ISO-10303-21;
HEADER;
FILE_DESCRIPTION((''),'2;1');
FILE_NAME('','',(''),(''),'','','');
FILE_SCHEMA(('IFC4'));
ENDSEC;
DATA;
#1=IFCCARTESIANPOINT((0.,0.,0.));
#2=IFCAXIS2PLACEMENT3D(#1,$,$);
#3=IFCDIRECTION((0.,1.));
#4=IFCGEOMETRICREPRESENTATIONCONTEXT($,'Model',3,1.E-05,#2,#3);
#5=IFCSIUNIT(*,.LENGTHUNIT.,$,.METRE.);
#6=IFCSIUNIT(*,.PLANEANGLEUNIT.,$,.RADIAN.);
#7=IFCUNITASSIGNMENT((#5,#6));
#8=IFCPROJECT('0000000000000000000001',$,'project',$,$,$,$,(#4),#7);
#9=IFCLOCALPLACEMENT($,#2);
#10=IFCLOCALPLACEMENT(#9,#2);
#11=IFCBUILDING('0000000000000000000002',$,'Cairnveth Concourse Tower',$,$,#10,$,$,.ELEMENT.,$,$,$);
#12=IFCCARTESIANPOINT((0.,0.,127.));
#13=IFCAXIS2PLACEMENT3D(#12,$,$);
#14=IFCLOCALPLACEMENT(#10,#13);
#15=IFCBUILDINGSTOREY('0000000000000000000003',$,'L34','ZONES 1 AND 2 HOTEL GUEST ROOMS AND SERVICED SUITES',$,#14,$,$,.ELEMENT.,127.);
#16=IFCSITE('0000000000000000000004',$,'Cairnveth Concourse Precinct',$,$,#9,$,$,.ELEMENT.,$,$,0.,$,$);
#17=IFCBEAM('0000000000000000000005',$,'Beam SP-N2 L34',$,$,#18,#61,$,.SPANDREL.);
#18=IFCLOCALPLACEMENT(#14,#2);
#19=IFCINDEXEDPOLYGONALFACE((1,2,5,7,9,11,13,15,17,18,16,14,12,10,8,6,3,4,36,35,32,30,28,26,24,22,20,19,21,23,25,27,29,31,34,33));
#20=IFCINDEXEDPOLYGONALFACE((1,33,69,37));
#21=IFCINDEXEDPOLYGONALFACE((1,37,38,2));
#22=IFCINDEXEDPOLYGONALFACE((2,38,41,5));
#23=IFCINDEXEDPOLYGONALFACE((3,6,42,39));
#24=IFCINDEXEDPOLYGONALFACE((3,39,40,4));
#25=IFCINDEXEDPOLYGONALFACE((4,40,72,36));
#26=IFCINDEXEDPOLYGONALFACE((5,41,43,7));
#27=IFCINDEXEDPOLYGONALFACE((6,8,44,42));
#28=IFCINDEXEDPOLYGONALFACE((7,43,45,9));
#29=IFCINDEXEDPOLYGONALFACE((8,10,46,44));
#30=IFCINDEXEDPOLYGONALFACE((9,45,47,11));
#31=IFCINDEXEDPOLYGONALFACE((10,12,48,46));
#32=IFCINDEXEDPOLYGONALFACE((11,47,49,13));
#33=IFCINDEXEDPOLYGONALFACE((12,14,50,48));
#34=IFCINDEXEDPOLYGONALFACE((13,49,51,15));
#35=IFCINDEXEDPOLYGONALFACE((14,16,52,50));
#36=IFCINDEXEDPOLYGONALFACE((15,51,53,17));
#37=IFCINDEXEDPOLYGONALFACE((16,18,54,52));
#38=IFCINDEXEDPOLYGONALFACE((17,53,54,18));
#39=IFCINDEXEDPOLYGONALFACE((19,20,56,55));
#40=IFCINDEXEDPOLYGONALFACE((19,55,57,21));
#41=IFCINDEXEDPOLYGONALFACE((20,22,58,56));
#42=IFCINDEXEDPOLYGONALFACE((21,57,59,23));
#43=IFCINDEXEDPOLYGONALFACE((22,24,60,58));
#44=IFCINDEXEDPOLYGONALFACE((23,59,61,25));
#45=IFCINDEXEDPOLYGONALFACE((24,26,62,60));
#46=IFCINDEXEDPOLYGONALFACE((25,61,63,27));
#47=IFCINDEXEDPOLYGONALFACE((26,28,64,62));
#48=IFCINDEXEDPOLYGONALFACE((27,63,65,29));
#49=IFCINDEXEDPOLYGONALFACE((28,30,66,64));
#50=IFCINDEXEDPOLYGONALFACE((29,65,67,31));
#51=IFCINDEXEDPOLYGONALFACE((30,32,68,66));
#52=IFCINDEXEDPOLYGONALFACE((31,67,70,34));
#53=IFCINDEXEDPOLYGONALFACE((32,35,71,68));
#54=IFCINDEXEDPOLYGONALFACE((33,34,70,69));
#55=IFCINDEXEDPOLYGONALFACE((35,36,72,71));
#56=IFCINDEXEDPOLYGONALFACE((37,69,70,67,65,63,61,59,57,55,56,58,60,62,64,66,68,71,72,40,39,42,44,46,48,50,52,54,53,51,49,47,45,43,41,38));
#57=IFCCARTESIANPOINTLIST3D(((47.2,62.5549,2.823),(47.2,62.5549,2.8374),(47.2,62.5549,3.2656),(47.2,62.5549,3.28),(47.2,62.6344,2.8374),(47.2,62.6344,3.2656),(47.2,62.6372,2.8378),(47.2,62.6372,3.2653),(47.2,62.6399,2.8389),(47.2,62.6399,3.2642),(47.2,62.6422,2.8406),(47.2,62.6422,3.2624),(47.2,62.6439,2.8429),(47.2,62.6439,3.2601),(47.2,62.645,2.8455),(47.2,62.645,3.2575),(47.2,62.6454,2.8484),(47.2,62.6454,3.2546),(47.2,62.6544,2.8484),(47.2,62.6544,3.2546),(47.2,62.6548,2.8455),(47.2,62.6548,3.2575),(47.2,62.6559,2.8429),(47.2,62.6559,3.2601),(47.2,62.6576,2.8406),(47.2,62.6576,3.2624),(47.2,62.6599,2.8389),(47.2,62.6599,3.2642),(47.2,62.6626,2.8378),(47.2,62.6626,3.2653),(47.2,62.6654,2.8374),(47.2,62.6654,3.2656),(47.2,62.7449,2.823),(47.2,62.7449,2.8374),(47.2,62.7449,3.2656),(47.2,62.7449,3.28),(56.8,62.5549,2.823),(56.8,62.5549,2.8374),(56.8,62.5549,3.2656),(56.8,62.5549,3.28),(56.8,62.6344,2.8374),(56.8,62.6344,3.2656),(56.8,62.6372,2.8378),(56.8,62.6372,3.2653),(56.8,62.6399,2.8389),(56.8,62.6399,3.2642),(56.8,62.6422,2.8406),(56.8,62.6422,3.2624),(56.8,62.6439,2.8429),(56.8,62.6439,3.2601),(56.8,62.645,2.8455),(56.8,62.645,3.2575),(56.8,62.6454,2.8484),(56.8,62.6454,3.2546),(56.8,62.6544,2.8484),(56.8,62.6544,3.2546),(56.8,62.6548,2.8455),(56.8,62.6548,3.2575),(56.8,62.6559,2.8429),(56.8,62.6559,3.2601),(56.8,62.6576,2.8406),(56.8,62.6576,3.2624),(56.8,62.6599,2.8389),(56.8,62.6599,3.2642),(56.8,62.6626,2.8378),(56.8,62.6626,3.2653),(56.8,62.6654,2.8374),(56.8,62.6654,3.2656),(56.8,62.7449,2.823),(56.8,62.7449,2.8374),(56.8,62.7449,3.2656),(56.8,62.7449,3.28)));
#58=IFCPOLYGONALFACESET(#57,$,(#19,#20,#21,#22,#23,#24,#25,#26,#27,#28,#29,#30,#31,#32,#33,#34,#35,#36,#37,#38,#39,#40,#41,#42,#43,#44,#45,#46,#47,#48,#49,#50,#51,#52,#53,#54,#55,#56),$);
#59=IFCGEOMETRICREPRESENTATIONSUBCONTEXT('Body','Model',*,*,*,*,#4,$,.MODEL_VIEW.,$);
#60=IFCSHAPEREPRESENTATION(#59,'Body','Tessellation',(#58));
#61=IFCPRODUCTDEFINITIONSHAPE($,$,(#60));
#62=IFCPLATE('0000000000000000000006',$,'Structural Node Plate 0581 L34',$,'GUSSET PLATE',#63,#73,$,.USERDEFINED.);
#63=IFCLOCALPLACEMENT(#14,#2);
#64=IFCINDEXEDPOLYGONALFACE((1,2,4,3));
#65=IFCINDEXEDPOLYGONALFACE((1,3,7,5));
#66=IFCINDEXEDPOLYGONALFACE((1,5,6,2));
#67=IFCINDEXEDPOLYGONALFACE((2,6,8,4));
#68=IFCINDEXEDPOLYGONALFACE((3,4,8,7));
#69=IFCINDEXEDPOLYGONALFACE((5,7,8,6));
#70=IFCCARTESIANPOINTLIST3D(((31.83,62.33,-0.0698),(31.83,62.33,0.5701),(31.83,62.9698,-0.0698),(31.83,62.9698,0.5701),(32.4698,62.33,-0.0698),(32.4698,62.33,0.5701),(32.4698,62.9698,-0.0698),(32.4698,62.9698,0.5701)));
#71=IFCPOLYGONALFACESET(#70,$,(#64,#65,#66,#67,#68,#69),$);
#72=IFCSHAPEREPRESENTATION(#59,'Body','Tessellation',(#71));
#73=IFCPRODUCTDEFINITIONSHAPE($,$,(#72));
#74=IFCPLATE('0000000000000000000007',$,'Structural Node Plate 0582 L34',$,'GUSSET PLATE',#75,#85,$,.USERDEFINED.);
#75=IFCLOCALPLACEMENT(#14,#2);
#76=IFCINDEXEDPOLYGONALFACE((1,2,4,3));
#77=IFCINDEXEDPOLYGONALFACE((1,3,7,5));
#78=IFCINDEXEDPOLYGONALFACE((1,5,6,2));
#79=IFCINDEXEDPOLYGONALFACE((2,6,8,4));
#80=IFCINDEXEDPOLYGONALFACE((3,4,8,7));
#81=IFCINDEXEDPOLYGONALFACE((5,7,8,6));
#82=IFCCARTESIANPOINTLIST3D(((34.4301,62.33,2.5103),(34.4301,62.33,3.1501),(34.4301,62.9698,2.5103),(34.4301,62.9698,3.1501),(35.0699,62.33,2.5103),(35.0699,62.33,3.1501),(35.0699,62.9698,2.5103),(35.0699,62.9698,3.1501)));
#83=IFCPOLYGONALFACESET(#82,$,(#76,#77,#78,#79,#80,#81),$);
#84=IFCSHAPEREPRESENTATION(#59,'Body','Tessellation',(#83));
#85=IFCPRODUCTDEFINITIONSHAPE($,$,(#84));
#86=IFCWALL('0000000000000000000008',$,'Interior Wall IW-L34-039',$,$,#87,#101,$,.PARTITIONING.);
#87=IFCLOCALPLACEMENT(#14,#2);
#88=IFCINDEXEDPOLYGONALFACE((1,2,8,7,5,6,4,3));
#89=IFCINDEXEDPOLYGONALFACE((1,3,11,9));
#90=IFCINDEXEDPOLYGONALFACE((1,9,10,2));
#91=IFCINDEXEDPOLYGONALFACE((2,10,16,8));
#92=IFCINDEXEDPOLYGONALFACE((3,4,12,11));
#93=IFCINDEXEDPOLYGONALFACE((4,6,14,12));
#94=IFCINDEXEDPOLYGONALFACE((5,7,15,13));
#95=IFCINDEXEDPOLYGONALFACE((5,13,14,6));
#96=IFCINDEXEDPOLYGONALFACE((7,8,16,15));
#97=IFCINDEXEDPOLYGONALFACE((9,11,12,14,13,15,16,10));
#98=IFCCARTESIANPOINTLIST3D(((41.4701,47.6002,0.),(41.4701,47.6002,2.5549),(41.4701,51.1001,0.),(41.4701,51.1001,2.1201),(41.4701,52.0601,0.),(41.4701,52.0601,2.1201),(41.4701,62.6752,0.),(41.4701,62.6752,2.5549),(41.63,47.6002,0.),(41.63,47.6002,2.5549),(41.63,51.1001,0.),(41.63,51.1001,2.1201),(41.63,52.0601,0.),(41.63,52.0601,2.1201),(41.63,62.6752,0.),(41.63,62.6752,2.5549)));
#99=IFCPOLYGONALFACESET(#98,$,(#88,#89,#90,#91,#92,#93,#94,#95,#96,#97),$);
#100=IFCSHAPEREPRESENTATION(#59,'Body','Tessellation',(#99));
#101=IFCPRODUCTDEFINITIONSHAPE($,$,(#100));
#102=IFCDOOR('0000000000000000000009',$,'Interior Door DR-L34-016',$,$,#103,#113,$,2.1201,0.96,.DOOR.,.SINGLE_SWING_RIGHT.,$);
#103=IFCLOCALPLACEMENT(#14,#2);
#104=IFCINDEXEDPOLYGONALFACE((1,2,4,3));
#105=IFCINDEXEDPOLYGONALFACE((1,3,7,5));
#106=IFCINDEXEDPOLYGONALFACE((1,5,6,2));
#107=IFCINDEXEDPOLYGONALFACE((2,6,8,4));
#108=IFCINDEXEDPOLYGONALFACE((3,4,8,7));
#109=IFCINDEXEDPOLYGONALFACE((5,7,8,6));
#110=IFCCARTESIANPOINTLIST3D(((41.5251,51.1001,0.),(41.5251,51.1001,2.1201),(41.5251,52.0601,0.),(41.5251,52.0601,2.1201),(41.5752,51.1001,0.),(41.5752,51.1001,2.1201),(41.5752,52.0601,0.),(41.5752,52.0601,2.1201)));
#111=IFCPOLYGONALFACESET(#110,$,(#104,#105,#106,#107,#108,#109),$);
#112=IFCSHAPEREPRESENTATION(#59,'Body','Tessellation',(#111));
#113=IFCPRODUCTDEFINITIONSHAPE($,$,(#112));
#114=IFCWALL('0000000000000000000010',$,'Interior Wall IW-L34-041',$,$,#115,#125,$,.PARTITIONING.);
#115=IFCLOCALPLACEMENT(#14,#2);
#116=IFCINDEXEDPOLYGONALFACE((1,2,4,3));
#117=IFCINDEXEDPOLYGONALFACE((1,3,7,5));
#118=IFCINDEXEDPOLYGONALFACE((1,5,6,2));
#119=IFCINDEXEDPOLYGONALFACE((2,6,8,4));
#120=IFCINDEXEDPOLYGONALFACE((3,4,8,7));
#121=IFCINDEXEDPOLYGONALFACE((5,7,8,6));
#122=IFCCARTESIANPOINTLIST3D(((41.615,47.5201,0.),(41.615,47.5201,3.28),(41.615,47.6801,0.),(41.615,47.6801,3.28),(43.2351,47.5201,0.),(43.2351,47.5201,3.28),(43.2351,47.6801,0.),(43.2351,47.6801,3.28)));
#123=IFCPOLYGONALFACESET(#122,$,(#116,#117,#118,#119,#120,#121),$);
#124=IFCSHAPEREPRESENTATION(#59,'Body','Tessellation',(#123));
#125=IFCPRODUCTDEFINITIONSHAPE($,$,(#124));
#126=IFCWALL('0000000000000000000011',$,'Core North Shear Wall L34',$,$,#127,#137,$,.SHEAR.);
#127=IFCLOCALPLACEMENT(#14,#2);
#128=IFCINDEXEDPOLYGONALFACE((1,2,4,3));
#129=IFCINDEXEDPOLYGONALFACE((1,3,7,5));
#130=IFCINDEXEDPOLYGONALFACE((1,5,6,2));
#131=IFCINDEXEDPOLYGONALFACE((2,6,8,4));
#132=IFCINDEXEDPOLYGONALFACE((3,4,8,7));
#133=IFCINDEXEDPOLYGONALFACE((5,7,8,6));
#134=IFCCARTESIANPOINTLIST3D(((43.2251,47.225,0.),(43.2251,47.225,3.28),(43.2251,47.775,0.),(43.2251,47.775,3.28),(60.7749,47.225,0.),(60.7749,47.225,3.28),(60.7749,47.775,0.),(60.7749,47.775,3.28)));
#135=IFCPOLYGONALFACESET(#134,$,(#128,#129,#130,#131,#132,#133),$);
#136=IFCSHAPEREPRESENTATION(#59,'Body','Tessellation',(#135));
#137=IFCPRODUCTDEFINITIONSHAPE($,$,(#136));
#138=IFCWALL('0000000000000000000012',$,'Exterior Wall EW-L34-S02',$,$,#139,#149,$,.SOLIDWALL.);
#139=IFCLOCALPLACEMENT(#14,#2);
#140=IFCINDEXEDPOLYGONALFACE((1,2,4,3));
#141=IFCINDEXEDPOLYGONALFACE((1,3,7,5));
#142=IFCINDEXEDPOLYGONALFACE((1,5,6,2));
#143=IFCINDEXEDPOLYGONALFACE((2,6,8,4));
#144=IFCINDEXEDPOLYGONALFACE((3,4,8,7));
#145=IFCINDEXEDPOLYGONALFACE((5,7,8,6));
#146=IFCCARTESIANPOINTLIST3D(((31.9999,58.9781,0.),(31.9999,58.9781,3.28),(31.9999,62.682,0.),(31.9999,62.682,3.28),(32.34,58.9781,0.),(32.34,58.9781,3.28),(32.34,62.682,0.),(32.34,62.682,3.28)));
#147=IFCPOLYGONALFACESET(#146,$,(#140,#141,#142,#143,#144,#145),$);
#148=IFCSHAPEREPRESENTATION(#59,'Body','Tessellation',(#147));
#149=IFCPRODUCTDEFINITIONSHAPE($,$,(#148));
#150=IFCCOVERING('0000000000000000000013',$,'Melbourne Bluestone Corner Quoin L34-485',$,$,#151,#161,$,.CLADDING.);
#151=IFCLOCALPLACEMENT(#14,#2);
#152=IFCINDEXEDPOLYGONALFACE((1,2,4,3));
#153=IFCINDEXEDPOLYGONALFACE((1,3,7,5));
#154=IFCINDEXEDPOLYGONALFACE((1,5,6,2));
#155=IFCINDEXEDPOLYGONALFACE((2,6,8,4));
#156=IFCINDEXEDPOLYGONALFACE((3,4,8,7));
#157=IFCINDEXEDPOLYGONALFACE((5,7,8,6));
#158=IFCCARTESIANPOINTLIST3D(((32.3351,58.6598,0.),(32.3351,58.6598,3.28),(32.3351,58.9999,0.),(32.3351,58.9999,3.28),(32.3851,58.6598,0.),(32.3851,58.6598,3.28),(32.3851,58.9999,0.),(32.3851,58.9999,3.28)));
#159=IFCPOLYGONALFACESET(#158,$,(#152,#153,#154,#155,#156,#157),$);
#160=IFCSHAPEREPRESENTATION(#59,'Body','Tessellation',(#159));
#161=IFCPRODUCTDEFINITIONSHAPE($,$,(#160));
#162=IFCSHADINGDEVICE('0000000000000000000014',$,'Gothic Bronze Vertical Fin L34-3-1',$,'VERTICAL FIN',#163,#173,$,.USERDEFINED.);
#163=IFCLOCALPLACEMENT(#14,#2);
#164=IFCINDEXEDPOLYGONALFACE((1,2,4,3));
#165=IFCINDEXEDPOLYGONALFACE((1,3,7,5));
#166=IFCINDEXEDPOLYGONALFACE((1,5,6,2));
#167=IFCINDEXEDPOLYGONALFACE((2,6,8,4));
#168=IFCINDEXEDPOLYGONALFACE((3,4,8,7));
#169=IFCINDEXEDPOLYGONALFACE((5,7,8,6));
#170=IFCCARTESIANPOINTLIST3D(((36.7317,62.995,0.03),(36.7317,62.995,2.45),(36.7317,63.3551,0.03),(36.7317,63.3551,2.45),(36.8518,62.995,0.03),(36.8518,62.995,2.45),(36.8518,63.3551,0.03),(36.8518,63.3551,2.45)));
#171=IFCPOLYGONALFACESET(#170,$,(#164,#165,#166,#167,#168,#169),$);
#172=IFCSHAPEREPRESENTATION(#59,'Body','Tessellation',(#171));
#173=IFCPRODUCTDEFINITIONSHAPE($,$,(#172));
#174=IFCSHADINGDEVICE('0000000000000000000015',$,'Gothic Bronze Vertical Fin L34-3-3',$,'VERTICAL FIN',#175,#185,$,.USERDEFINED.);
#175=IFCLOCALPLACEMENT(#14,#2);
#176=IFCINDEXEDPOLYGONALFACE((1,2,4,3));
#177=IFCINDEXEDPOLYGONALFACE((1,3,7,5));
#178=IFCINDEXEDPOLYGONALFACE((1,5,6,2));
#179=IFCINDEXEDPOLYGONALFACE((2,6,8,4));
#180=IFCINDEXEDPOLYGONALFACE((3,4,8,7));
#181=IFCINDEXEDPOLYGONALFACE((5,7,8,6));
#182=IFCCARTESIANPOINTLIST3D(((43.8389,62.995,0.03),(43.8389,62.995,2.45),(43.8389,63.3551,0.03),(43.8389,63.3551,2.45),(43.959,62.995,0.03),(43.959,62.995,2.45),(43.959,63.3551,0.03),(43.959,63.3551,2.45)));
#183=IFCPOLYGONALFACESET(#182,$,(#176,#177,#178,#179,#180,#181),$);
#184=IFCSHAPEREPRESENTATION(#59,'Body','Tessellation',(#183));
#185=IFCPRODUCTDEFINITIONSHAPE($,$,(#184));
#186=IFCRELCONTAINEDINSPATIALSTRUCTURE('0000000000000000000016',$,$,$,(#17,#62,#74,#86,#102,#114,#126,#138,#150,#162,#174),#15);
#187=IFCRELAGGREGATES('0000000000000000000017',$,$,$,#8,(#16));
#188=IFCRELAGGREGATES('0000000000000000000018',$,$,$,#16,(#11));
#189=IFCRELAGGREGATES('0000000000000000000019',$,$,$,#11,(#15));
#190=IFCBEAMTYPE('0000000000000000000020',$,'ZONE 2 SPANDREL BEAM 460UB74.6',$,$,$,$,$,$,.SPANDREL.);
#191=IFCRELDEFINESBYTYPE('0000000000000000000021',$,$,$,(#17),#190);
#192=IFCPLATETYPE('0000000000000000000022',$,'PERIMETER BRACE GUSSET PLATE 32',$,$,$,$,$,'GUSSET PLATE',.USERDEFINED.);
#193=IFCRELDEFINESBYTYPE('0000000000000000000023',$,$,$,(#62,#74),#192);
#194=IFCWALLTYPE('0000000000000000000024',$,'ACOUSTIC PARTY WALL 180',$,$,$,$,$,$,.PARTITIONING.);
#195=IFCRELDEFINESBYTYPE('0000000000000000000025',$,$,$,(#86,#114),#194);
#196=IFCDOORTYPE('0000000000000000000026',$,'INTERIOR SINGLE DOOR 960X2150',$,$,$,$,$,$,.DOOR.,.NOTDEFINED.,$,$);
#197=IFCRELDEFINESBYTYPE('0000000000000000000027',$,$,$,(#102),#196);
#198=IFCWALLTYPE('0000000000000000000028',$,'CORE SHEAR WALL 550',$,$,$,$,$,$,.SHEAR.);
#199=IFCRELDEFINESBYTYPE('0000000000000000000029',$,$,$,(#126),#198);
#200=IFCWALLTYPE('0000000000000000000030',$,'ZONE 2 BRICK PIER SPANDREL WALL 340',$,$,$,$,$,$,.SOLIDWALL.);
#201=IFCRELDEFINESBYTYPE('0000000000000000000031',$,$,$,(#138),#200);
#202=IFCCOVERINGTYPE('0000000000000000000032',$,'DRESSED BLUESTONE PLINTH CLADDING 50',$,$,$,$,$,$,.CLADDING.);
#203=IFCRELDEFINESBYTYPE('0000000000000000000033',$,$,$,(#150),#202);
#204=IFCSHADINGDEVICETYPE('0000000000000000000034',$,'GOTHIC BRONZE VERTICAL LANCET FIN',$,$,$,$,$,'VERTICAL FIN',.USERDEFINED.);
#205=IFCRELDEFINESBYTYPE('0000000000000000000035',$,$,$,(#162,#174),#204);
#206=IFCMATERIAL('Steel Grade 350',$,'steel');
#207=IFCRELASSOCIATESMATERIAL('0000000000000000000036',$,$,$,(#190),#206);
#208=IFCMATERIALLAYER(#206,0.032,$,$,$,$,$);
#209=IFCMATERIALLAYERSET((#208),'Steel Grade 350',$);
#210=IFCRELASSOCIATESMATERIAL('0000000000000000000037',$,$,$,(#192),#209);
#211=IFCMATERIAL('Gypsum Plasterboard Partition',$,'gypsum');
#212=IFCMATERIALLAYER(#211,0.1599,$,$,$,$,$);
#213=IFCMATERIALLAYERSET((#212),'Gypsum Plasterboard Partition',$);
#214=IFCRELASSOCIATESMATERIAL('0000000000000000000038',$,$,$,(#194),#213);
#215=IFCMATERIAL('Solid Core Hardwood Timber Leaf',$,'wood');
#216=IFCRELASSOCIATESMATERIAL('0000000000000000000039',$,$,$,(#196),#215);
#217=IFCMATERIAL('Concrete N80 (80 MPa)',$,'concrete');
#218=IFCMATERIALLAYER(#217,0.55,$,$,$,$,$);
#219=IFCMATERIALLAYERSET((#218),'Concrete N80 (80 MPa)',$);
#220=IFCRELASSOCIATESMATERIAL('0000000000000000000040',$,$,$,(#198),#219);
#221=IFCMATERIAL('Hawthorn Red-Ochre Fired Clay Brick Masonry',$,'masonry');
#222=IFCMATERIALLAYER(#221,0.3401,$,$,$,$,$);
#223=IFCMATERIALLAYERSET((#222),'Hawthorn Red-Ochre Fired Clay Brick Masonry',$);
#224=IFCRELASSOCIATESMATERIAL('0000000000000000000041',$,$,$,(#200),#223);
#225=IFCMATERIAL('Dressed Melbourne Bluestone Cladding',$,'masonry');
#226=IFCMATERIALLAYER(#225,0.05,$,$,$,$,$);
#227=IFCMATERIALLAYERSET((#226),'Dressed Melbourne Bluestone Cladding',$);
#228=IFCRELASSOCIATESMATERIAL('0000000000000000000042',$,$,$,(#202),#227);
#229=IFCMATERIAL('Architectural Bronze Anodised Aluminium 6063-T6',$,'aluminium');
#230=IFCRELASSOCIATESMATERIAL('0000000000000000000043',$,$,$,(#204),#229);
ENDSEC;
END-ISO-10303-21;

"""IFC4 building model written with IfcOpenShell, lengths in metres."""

from ifc_helpers import new_model, si_unit, direction, frame, frame_2d, origin, origin_2d, place, context, subcontext, project, spatial, rectangle, i_section, extrude, material, layer, layer_set, material_profile, profile_set, type_object, element, fill, save


model = new_model("IFC4")

# Units and contexts
model_context = context("Model", 3, precision=1e-05, world=origin(), true_north=direction((0.0, 1.0)))
body_context = subcontext(model_context, "Body", "Model", "MODEL_VIEW")
ifc_project = project(units=[si_unit("LENGTHUNIT", "METRE"), si_unit("PLANEANGLEUNIT", "RADIAN")], contexts=[model_context])

# Site, building, storey
site_placement = place(None, origin())
site = spatial("IfcSite", under=ifc_project, at=site_placement, Name="Cairnveth Concourse Precinct", CompositionType="ELEMENT", RefElevation=0.0)
building_placement = place(site_placement, origin())
building = spatial("IfcBuilding", under=site, at=building_placement, Name="Cairnveth Concourse Tower", CompositionType="ELEMENT")
storey_placement = place(building_placement, frame((0.0, 0.0, 127.0)))
storey = spatial("IfcBuildingStorey", under=building, at=storey_placement, Name="L34", Description="ZONES 1 AND 2 HOTEL GUEST ROOMS AND SERVICED SUITES", CompositionType="ELEMENT", Elevation=127.0)

# Beam
ifc_material_1 = material(Name="Steel Grade 350", Category="steel")
ifc_material_profile_1 = material_profile(ifc_material_1, i_section(OverallWidth=0.1899, OverallDepth=0.457, WebThickness=0.009, FlangeThickness=0.0144, FilletRadius=0.011, at=origin_2d()), Name="460UB74.6")
ifc_profile_set_1 = profile_set([ifc_material_profile_1], Name="Steel Grade 350")
beam_type_1 = type_object("IfcBeamType", Name="ZONE 2 SPANDREL BEAM 460UB74.6", PredefinedType="SPANDREL", material=ifc_profile_set_1)
beam_1_placement = place(storey_placement, frame((47.2, 62.6499, 3.0515), z_axis=(1.0, 0.0, 0.0), x_axis=(0.0, 1.0, 0.0)))
element("IfcBeam", 1, at=beam_1_placement, inside=storey, type_object=beam_type_1, Name="Beam SP-N2 L34", PredefinedType="SPANDREL", context=body_context, shape_type="SweptSolid", body=[
    extrude(i_section(OverallWidth=0.1899, OverallDepth=0.457, WebThickness=0.009, FlangeThickness=0.0144, FilletRadius=0.011, at=origin_2d()), origin(), (0.0, 0.0, 1.0), 9.6001),
])

# Plates
ifc_layer_1 = layer(ifc_material_1, 0.032)
ifc_layer_set_1 = layer_set([ifc_layer_1], Name="Steel Grade 350")
plate_type = type_object("IfcPlateType", Name="PERIMETER BRACE GUSSET PLATE 32", ElementType="GUSSET PLATE", PredefinedType="USERDEFINED", material=ifc_layer_set_1)
for number, where, z_axis, x_axis, name in (
    (2, (32.1499, 62.6499, -0.0698), (0.0, 0.0, 1.0), (1.0, 0.0, 0.0), "Structural Node Plate 0581 L34"),
    (3, (34.75, 62.6499, 2.5103), (0.0, 0.0, 1.0), (1.0, 0.0, 0.0), "Structural Node Plate 0582 L34"),
):
    element("IfcPlate", number, at=place(storey_placement, frame(where, z_axis=z_axis, x_axis=x_axis)), inside=storey, type_object=plate_type, Name=name, ObjectType="GUSSET PLATE", PredefinedType="USERDEFINED", context=body_context, shape_type="SweptSolid", body=[
        extrude(rectangle(XDim=0.6399, YDim=0.6399, at=origin_2d()), origin(), (0.0, 0.0, 1.0), 0.6399),
    ])

# Wall, opening, door
ifc_material_2 = material(Name="Gypsum Plasterboard Partition", Category="gypsum")
ifc_layer_2 = layer(ifc_material_2, 0.1599)
ifc_layer_set_2 = layer_set([ifc_layer_2], Name="Gypsum Plasterboard Partition")
wall_type_1 = type_object("IfcWallType", Name="ACOUSTIC PARTY WALL 180", PredefinedType="PARTITIONING", material=ifc_layer_set_2)
wall_1_placement = place(storey_placement, frame((41.55, 47.6001, 0.0), z_axis=(0.0, 0.0, 1.0), x_axis=(0.0, 1.0, 0.0)))
wall_1 = element("IfcWall", 4, at=wall_1_placement, inside=storey, type_object=wall_type_1, Name="Interior Wall IW-L34-039", PredefinedType="PARTITIONING", context=body_context, shape_type="SweptSolid", body=[
    extrude(rectangle(XDim=15.075, YDim=0.1599, at=frame_2d((7.5376, 0.0))), origin(), (0.0, 0.0, 1.0), 2.5549),
])
opening_placement = place(wall_1_placement, frame((3.5, 0.0, 0.0)))
opening = element("IfcOpeningElement", 5, at=opening_placement, cuts=wall_1, PredefinedType="OPENING", context=body_context, shape_type="SweptSolid", body=[
    extrude(rectangle(XDim=0.96, YDim=2.1201, at=frame_2d((0.48, 1.0601))), frame((0.0, 0.0898, 0.0), z_axis=(0.0, -1.0, 0.0), x_axis=(1.0, 0.0, 0.0)), (0.0, 0.0, 1.0), 0.1799),
])
ifc_material_3 = material(Name="Solid Core Hardwood Timber Leaf", Category="wood")
door_type = type_object("IfcDoorType", Name="INTERIOR SINGLE DOOR 960X2150", OperationType="NOTDEFINED", PredefinedType="DOOR", material=ifc_material_3)
door_placement = place(opening_placement, origin())
door = element("IfcDoor", 6, at=door_placement, inside=storey, type_object=door_type, Name="Interior Door DR-L34-016", OperationType="SINGLE_SWING_RIGHT", OverallHeight=2.1201, OverallWidth=0.96, PredefinedType="DOOR", context=body_context, shape_type="SweptSolid", body=[
    extrude(rectangle(XDim=0.96, YDim=2.1201, at=frame_2d((0.48, 1.0601))), frame((0.0, 0.0249, 0.0), z_axis=(0.0, -1.0, 0.0), x_axis=(1.0, 0.0, 0.0)), (0.0, 0.0, 1.0), 0.05),
])
fill(opening, door)

# Walls
wall_2_placement = place(storey_placement, frame((41.615, 47.6001, 0.0), z_axis=(0.0, 0.0, 1.0), x_axis=(1.0, 0.0, 0.0)))
element("IfcWall", 7, at=wall_2_placement, inside=storey, type_object=wall_type_1, Name="Interior Wall IW-L34-041", PredefinedType="PARTITIONING", context=body_context, shape_type="SweptSolid", body=[
    extrude(rectangle(XDim=1.6201, YDim=0.1599, at=frame_2d((0.8101, 0.0))), origin(), (0.0, 0.0, 1.0), 3.28),
])
ifc_material_4 = material(Name="Concrete N80 (80 MPa)", Category="concrete")
ifc_layer_3 = layer(ifc_material_4, 0.55)
ifc_layer_set_3 = layer_set([ifc_layer_3], Name="Concrete N80 (80 MPa)")
wall_type_2 = type_object("IfcWallType", Name="CORE SHEAR WALL 550", PredefinedType="SHEAR", material=ifc_layer_set_3)
wall_3_placement = place(storey_placement, frame((43.2251, 47.5, 0.0), z_axis=(0.0, 0.0, 1.0), x_axis=(1.0, 0.0, 0.0)))
element("IfcWall", 8, at=wall_3_placement, inside=storey, type_object=wall_type_2, Name="Core North Shear Wall L34", PredefinedType="SHEAR", context=body_context, shape_type="SweptSolid", body=[
    extrude(rectangle(XDim=17.5498, YDim=0.55, at=frame_2d((8.7749, 0.0))), origin(), (0.0, 0.0, 1.0), 3.28),
])
ifc_material_5 = material(Name="Hawthorn Red-Ochre Fired Clay Brick Masonry", Category="masonry")
ifc_layer_4 = layer(ifc_material_5, 0.3401)
ifc_layer_set_4 = layer_set([ifc_layer_4], Name="Hawthorn Red-Ochre Fired Clay Brick Masonry")
wall_type_3 = type_object("IfcWallType", Name="ZONE 2 BRICK PIER SPANDREL WALL 340", PredefinedType="SOLIDWALL", material=ifc_layer_set_4)
wall_4_placement = place(storey_placement, frame((32.1699, 58.978, 0.0), z_axis=(0.0, 0.0, 1.0), x_axis=(0.0, 1.0, 0.0)))
element("IfcWall", 9, at=wall_4_placement, inside=storey, type_object=wall_type_3, Name="Exterior Wall EW-L34-S02", PredefinedType="SOLIDWALL", context=body_context, shape_type="SweptSolid", body=[
    extrude(rectangle(XDim=3.7039, YDim=0.3401, at=frame_2d((1.8521, 0.0))), origin(), (0.0, 0.0, 1.0), 3.28),
])

# Covering
ifc_material_6 = material(Name="Dressed Melbourne Bluestone Cladding", Category="masonry")
ifc_layer_5 = layer(ifc_material_6, 0.05)
ifc_layer_set_5 = layer_set([ifc_layer_5], Name="Dressed Melbourne Bluestone Cladding")
covering_type = type_object("IfcCoveringType", Name="DRESSED BLUESTONE PLINTH CLADDING 50", PredefinedType="CLADDING", material=ifc_layer_set_5)
covering_placement = place(storey_placement, frame((32.3601, 58.6599, 0.0), z_axis=(0.0, 0.0, 1.0), x_axis=(0.0, 1.0, 0.0)))
element("IfcCovering", 10, at=covering_placement, inside=storey, type_object=covering_type, Name="Melbourne Bluestone Corner Quoin L34-485", PredefinedType="CLADDING", context=body_context, shape_type="SweptSolid", body=[
    extrude(rectangle(XDim=0.3401, YDim=0.05, at=frame_2d((0.1699, 0.0))), origin(), (0.0, 0.0, 1.0), 3.28),
])

# Shading devices
ifc_material_7 = material(Name="Architectural Bronze Anodised Aluminium 6063-T6", Category="aluminium")
shading_device_type = type_object("IfcShadingDeviceType", Name="GOTHIC BRONZE VERTICAL LANCET FIN", ElementType="VERTICAL FIN", PredefinedType="USERDEFINED", material=ifc_material_7)
for number, where, z_axis, x_axis, name in (
    (11, (36.7917, 63.175, 0.03), (0.0, 0.0, 1.0), (1.0, 0.0, 0.0), "Gothic Bronze Vertical Fin L34-3-1"),
    (12, (43.8989, 63.175, 0.03), (0.0, 0.0, 1.0), (1.0, 0.0, 0.0), "Gothic Bronze Vertical Fin L34-3-3"),
):
    element("IfcShadingDevice", number, at=place(storey_placement, frame(where, z_axis=z_axis, x_axis=x_axis)), inside=storey, type_object=shading_device_type, Name=name, ObjectType="VERTICAL FIN", PredefinedType="USERDEFINED", context=body_context, shape_type="SweptSolid", body=[
        extrude(rectangle(XDim=0.1201, YDim=0.3601, at=origin_2d()), origin(), (0.0, 0.0, 1.0), 2.4199),
    ])

save(model, "model.ifc")
